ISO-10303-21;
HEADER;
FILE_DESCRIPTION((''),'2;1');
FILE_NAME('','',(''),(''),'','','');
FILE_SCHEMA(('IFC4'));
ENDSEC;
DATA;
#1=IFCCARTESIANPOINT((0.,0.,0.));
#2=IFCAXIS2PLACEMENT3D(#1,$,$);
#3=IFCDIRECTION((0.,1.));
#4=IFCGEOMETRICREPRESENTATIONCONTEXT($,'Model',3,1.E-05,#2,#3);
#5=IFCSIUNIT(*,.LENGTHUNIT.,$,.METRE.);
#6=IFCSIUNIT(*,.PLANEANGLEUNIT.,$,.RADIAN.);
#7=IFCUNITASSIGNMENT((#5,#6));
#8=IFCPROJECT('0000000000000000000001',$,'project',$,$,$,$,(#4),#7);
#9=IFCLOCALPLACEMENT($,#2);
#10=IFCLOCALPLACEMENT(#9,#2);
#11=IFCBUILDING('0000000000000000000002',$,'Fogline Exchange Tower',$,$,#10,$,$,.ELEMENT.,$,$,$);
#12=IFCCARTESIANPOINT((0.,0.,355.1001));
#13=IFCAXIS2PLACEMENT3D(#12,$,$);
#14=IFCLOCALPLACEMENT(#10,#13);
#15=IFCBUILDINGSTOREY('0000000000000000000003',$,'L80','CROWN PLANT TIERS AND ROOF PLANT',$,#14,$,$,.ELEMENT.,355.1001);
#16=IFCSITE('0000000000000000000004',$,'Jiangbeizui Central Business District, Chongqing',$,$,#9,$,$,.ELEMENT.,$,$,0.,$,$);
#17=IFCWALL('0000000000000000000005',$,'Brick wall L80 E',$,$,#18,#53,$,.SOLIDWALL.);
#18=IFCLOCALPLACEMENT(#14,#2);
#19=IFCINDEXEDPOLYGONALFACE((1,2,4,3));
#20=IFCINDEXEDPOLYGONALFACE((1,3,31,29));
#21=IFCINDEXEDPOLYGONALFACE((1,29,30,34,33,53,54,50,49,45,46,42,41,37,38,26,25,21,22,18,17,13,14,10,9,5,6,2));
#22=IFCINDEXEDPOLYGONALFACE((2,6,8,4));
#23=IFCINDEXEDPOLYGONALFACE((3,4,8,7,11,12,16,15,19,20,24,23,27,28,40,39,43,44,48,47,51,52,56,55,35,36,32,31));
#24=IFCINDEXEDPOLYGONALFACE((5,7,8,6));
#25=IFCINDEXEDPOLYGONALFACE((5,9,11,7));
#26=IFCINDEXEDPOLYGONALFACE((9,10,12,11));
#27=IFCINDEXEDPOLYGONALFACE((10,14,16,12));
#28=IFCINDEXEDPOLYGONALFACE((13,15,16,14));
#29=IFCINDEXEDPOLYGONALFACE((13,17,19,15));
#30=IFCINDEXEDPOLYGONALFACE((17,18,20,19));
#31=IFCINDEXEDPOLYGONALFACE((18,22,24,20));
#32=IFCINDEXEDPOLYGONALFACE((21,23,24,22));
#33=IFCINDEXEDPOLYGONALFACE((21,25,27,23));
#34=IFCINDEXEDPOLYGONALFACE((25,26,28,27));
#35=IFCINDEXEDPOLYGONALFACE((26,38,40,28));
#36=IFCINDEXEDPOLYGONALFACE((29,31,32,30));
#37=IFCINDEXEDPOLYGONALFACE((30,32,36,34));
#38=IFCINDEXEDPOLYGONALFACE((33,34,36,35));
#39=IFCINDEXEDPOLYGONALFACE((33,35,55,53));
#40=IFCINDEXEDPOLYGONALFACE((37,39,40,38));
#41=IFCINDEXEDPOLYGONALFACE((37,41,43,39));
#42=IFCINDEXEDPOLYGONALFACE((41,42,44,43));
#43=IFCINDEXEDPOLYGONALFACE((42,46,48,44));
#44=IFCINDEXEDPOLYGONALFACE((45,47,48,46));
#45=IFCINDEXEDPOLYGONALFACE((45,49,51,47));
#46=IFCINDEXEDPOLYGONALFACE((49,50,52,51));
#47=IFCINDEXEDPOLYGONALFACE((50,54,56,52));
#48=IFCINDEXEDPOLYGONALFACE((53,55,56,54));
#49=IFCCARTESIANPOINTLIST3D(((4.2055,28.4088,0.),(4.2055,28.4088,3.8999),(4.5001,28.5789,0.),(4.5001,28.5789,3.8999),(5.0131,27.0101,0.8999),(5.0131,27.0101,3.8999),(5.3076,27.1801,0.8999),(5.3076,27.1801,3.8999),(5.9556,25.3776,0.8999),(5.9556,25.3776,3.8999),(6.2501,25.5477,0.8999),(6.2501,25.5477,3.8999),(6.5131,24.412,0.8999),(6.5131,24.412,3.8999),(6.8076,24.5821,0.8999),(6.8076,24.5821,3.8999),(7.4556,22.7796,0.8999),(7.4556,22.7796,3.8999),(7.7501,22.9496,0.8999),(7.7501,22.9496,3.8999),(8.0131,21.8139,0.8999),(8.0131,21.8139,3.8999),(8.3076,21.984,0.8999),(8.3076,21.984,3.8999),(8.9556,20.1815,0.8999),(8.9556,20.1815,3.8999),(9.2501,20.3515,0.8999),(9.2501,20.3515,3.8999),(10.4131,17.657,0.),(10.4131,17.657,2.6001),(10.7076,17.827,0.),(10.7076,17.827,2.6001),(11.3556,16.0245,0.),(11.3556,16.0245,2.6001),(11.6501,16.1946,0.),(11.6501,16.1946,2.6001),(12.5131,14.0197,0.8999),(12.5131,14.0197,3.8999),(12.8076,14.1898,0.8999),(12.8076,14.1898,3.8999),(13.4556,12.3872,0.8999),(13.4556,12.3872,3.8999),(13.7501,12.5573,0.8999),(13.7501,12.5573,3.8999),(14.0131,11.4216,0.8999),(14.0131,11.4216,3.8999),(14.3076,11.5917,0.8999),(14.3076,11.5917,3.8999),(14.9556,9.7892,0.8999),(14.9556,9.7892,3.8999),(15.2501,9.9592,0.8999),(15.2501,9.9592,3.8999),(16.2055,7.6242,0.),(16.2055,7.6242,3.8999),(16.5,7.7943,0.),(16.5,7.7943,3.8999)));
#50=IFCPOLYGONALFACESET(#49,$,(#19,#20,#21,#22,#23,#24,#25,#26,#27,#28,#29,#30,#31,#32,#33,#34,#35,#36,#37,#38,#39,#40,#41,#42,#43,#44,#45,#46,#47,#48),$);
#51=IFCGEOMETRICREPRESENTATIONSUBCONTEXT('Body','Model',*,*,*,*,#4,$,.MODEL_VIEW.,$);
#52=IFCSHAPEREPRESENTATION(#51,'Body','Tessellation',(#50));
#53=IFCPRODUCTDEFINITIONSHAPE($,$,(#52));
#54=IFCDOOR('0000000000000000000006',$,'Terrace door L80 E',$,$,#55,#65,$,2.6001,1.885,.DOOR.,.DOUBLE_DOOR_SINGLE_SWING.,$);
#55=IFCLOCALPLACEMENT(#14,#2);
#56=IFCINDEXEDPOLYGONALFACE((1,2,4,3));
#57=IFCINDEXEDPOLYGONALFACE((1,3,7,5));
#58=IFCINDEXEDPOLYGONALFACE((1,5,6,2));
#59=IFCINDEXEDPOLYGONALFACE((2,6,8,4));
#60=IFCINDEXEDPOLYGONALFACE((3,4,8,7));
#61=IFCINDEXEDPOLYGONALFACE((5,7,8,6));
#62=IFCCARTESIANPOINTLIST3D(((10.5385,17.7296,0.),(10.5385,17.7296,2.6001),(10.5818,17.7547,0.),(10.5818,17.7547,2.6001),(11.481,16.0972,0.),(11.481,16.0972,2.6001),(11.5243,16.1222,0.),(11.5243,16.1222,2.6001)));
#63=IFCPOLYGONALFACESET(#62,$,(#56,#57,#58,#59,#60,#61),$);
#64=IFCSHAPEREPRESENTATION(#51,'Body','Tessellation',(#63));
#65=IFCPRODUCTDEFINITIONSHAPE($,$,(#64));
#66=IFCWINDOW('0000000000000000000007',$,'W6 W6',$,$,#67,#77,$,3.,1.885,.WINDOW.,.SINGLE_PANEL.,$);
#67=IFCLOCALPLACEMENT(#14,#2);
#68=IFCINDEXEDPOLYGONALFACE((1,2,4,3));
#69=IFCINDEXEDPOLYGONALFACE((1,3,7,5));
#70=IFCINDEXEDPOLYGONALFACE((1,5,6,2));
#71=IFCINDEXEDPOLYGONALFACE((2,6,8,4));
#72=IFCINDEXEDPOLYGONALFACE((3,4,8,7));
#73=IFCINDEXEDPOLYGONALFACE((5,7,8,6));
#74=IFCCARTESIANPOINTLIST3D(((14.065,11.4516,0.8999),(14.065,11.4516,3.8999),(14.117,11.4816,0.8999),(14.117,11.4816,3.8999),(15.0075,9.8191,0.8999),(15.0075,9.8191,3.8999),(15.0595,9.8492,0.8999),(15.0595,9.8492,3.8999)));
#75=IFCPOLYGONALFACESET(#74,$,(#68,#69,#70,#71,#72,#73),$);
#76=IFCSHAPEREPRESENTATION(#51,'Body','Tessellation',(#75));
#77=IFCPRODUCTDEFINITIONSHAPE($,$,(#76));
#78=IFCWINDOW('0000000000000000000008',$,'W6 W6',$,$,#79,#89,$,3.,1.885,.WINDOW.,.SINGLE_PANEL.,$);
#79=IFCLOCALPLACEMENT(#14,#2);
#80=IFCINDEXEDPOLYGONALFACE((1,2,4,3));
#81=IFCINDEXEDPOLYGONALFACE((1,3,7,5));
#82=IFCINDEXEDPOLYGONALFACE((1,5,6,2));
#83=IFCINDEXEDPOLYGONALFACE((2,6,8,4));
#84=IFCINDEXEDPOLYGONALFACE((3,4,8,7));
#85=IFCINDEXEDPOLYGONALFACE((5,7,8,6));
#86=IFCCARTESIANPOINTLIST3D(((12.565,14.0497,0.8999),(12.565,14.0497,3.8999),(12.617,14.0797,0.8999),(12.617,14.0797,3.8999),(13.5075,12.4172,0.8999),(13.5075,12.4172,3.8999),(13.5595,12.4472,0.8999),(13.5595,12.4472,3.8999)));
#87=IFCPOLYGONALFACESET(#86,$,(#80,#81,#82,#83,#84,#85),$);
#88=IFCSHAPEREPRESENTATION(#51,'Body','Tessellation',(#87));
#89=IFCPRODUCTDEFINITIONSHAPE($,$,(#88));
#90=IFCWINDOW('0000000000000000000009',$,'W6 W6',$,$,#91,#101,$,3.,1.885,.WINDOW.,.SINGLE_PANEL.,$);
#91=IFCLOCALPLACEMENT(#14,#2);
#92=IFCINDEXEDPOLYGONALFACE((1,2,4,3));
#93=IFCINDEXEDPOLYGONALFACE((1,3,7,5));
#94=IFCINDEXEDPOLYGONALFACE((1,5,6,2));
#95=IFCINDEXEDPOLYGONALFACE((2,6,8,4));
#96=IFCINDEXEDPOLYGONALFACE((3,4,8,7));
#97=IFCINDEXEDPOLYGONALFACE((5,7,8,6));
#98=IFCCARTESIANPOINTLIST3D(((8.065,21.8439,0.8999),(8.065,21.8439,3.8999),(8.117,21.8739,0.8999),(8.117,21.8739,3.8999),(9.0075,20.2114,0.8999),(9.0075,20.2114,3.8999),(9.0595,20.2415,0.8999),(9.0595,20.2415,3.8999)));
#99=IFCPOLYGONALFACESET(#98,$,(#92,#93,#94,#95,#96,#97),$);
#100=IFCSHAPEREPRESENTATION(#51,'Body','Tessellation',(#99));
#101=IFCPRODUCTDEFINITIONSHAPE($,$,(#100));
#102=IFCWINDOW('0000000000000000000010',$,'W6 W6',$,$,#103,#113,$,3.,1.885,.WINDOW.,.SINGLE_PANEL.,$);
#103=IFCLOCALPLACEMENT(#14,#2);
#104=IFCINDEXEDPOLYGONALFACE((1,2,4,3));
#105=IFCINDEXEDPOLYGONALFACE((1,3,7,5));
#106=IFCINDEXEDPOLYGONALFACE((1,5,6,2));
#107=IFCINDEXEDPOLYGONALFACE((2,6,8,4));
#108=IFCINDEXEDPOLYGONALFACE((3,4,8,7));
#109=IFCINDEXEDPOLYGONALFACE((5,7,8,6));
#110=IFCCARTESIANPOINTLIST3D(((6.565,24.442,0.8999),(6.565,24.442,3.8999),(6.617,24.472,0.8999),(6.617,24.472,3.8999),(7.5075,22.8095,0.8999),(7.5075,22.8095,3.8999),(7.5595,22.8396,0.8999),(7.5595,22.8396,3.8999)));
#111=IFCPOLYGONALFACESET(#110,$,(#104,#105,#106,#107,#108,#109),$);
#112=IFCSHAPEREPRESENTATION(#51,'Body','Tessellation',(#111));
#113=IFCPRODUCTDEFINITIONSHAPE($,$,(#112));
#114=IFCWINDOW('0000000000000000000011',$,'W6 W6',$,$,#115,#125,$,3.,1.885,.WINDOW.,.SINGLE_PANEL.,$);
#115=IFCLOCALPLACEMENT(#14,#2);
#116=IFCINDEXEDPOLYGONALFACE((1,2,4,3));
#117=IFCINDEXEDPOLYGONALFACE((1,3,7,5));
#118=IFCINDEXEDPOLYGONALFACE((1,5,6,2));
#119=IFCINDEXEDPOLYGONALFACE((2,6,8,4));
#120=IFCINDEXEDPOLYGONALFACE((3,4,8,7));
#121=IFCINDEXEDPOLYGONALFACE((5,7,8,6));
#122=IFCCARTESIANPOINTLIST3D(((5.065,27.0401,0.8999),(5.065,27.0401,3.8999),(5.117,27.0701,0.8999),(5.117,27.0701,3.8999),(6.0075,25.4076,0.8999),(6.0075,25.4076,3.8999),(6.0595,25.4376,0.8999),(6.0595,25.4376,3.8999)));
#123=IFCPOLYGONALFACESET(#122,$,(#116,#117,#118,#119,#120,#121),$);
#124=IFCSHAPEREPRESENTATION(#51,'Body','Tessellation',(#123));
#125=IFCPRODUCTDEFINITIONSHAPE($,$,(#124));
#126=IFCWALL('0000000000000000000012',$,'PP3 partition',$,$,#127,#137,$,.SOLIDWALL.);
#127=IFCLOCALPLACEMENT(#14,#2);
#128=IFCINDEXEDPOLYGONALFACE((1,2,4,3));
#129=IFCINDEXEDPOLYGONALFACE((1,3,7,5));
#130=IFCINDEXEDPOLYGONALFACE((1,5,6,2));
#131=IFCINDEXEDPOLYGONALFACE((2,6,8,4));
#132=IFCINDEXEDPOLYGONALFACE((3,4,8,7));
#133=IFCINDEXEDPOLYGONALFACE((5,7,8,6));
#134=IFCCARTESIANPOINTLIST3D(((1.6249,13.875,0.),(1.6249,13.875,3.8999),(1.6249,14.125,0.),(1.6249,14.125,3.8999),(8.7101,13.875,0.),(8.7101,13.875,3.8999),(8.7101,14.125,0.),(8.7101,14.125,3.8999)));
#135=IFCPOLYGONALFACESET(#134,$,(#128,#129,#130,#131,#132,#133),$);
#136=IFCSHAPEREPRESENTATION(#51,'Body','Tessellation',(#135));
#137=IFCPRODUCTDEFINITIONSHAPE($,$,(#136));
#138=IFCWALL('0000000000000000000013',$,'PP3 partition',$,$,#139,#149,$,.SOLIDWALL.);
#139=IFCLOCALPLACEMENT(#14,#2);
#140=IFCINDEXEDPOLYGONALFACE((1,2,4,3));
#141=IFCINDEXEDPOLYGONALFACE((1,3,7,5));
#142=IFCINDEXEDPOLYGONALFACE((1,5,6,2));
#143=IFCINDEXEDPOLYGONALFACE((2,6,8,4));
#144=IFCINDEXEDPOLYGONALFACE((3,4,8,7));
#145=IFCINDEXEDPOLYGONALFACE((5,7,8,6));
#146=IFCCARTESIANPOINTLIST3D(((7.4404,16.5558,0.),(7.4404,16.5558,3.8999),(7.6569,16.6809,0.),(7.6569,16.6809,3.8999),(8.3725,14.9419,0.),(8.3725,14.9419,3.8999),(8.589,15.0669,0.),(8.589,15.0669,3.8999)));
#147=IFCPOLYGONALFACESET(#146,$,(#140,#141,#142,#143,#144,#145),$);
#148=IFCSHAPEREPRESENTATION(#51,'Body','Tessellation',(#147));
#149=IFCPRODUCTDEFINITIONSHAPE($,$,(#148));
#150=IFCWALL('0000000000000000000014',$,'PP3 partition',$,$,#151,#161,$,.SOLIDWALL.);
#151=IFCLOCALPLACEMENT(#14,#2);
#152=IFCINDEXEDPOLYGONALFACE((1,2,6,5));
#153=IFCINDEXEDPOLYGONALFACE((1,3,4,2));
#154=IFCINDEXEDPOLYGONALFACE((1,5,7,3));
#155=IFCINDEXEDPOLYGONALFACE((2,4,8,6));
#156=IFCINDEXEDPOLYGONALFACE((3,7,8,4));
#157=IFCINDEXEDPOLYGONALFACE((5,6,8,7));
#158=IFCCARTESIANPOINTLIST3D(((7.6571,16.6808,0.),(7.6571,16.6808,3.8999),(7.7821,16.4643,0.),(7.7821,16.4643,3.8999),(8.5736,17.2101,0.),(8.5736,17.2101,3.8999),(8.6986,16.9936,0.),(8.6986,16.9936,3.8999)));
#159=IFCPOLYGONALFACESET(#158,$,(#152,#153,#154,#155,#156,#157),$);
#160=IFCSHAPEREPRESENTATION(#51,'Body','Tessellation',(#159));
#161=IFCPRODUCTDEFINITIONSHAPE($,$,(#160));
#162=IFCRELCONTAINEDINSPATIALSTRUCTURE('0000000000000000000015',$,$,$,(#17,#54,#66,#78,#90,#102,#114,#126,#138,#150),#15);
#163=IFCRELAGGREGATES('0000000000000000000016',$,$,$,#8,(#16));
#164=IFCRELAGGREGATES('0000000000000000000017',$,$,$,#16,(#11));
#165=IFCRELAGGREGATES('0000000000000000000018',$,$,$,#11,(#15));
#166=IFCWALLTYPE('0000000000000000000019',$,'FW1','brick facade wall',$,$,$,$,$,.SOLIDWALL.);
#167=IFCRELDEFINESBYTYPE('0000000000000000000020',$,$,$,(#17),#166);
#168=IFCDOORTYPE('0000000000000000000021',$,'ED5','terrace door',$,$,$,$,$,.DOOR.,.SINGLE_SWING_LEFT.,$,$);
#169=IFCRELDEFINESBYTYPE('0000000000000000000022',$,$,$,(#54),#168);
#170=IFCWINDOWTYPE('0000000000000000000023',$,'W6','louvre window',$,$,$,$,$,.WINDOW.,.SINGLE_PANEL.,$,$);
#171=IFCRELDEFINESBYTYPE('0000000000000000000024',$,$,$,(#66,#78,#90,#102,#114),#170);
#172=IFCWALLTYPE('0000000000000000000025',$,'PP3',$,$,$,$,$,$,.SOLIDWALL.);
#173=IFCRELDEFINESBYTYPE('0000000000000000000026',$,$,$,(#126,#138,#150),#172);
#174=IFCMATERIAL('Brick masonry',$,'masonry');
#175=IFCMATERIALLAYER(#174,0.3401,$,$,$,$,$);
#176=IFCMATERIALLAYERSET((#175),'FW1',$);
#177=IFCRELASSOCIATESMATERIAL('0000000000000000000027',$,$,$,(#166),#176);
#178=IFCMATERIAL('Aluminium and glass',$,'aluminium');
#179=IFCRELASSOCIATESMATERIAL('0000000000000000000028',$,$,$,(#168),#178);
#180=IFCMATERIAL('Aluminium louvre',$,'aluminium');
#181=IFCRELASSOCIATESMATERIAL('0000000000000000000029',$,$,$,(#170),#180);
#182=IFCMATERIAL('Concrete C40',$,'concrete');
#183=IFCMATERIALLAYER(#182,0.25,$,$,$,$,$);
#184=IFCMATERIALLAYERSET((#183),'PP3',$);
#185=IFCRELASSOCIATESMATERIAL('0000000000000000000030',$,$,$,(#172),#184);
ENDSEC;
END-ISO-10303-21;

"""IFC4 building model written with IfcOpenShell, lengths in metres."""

from ifc_helpers import new_model, si_unit, direction, frame, frame_2d, origin, place, context, subcontext, project, spatial, rectangle, extrude, material, layer, layer_set, type_object, element, fill, save


model = new_model("IFC4")

# Units and contexts
model_context = context("Model", 3, precision=1e-05, world=origin(), true_north=direction((0.0, 1.0)))
body_context = subcontext(model_context, "Body", "Model", "MODEL_VIEW")
ifc_project = project(units=[si_unit("LENGTHUNIT", "METRE"), si_unit("PLANEANGLEUNIT", "RADIAN")], contexts=[model_context])

# Site, building, storey
site_placement = place(None, origin())
site = spatial("IfcSite", under=ifc_project, at=site_placement, Name="Jiangbeizui Central Business District, Chongqing", CompositionType="ELEMENT", RefElevation=0.0)
building_placement = place(site_placement, origin())
building = spatial("IfcBuilding", under=site, at=building_placement, Name="Fogline Exchange Tower", CompositionType="ELEMENT")
storey_placement = place(building_placement, frame((0.0, 0.0, 355.1001)))
storey = spatial("IfcBuildingStorey", under=building, at=storey_placement, Name="L80", Description="CROWN PLANT TIERS AND ROOF PLANT", CompositionType="ELEMENT", Elevation=355.1001)

# Shared definitions
ifc_material_1 = material(Name="Concrete C40", Category="concrete")

# Wall, openings, door, windows
ifc_material_2 = material(Name="Brick masonry", Category="masonry")
ifc_layer_1 = layer(ifc_material_2, 0.3401)
ifc_layer_set_1 = layer_set([ifc_layer_1], Name="FW1")
wall_type_1 = type_object("IfcWallType", Name="FW1", Description="brick facade wall", PredefinedType="SOLIDWALL", material=ifc_layer_set_1)
wall_1_placement = place(storey_placement, frame((16.3528, 7.7092, 0.0), z_axis=(0.0, 0.0, 1.0), x_axis=(-0.499999, 0.866026, 0.0)))
wall_1 = element("IfcWall", 1, at=wall_1_placement, inside=storey, type_object=wall_type_1, Name="Brick wall L80 E", PredefinedType="SOLIDWALL", context=body_context, shape_type="SweptSolid", body=[
    extrude(rectangle(XDim=24.0, YDim=0.3401, at=frame_2d((12.0, 0.0))), origin(), (0.0, 0.0, 1.0), 3.8999),
])
opening_1_placement = place(wall_1_placement, frame((2.5, 0.0, 0.8999)))
opening_1 = element("IfcOpeningElement", 2, at=opening_1_placement, cuts=wall_1, PredefinedType="OPENING", context=body_context, shape_type="SweptSolid", body=[
    extrude(rectangle(XDim=1.885, YDim=3.0, at=frame_2d((0.9424, 1.5))), frame((0.0, 0.1802, 0.0), z_axis=(0.0, -1.0, 0.0), x_axis=(1.0, 0.0, 0.0)), (0.0, 0.0, 1.0), 0.3601),
])
opening_2_placement = place(wall_1_placement, frame((5.5, 0.0, 0.8999)))
opening_2 = element("IfcOpeningElement", 3, at=opening_2_placement, cuts=wall_1, PredefinedType="OPENING", context=body_context, shape_type="SweptSolid", body=[
    extrude(rectangle(XDim=1.885, YDim=3.0, at=frame_2d((0.9424, 1.5))), frame((0.0, 0.1802, 0.0), z_axis=(0.0, -1.0, 0.0), x_axis=(1.0, 0.0, 0.0)), (0.0, 0.0, 1.0), 0.3601),
])
opening_3_placement = place(wall_1_placement, frame((14.5, 0.0, 0.8999)))
opening_3 = element("IfcOpeningElement", 4, at=opening_3_placement, cuts=wall_1, PredefinedType="OPENING", context=body_context, shape_type="SweptSolid", body=[
    extrude(rectangle(XDim=1.885, YDim=3.0, at=frame_2d((0.9424, 1.5))), frame((0.0, 0.1802, 0.0), z_axis=(0.0, -1.0, 0.0), x_axis=(1.0, 0.0, 0.0)), (0.0, 0.0, 1.0), 0.3601),
])
opening_4_placement = place(wall_1_placement, frame((17.5, 0.0, 0.8999)))
opening_4 = element("IfcOpeningElement", 5, at=opening_4_placement, cuts=wall_1, PredefinedType="OPENING", context=body_context, shape_type="SweptSolid", body=[
    extrude(rectangle(XDim=1.885, YDim=3.0, at=frame_2d((0.9424, 1.5))), frame((0.0, 0.1802, 0.0), z_axis=(0.0, -1.0, 0.0), x_axis=(1.0, 0.0, 0.0)), (0.0, 0.0, 1.0), 0.3601),
])
opening_5_placement = place(wall_1_placement, frame((20.5, 0.0, 0.8999)))
opening_5 = element("IfcOpeningElement", 6, at=opening_5_placement, cuts=wall_1, PredefinedType="OPENING", context=body_context, shape_type="SweptSolid", body=[
    extrude(rectangle(XDim=1.885, YDim=3.0, at=frame_2d((0.9424, 1.5))), frame((0.0, 0.1802, 0.0), z_axis=(0.0, -1.0, 0.0), x_axis=(1.0, 0.0, 0.0)), (0.0, 0.0, 1.0), 0.3601),
])
opening_6_placement = place(wall_1_placement, frame((9.7, 0.0, 0.0)))
opening_6 = element("IfcOpeningElement", 7, at=opening_6_placement, cuts=wall_1, PredefinedType="OPENING", context=body_context, shape_type="SweptSolid", body=[
    extrude(rectangle(XDim=1.885, YDim=2.6001, at=frame_2d((0.9424, 1.3))), frame((0.0, 0.1802, 0.0), z_axis=(0.0, -1.0, 0.0), x_axis=(1.0, 0.0, 0.0)), (0.0, 0.0, 1.0), 0.3601),
])
ifc_material_3 = material(Name="Aluminium and glass", Category="aluminium")
door_type_1 = type_object("IfcDoorType", Name="ED5", Description="terrace door", OperationType="SINGLE_SWING_LEFT", PredefinedType="DOOR", material=ifc_material_3)
door_1_placement = place(opening_6_placement, frame((1.885, 0.0, 0.0), z_axis=(0.0, 0.0, 1.0), x_axis=(-1.0, 0.0, 0.0)))
door_1 = element("IfcDoor", 8, at=door_1_placement, inside=storey, type_object=door_type_1, Name="Terrace door L80 E", OperationType="DOUBLE_DOOR_SINGLE_SWING", OverallHeight=2.6001, OverallWidth=1.885, PredefinedType="DOOR", context=body_context, shape_type="SweptSolid", body=[
    extrude(rectangle(XDim=1.885, YDim=2.6001, at=frame_2d((0.9424, 1.3))), frame((0.0, 0.0249, 0.0), z_axis=(0.0, -1.0, 0.0), x_axis=(1.0, 0.0, 0.0)), (0.0, 0.0, 1.0), 0.05),
])
fill(opening_6, door_1)
ifc_material_4 = material(Name="Aluminium louvre", Category="aluminium")
window_type = type_object("IfcWindowType", Name="W6", Description="louvre window", PartitioningType="SINGLE_PANEL", PredefinedType="WINDOW", material=ifc_material_4)
window_1_placement = place(opening_1_placement, origin())
window_1 = element("IfcWindow", 9, at=window_1_placement, inside=storey, type_object=window_type, Name="W6 W6", OverallHeight=3.0, OverallWidth=1.885, PartitioningType="SINGLE_PANEL", PredefinedType="WINDOW", context=body_context, shape_type="SweptSolid", body=[
    extrude(rectangle(XDim=1.885, YDim=3.0, at=frame_2d((0.9424, 1.5))), frame((0.0, 0.1101, 0.0), z_axis=(0.0, -1.0, 0.0), x_axis=(1.0, 0.0, 0.0)), (0.0, 0.0, 1.0), 0.0601),
])
fill(opening_1, window_1)
window_2_placement = place(opening_2_placement, origin())
window_2 = element("IfcWindow", 10, at=window_2_placement, inside=storey, type_object=window_type, Name="W6 W6", OverallHeight=3.0, OverallWidth=1.885, PartitioningType="SINGLE_PANEL", PredefinedType="WINDOW", context=body_context, shape_type="SweptSolid", body=[
    extrude(rectangle(XDim=1.885, YDim=3.0, at=frame_2d((0.9424, 1.5))), frame((0.0, 0.1101, 0.0), z_axis=(0.0, -1.0, 0.0), x_axis=(1.0, 0.0, 0.0)), (0.0, 0.0, 1.0), 0.0601),
])
fill(opening_2, window_2)
window_3_placement = place(opening_3_placement, origin())
window_3 = element("IfcWindow", 11, at=window_3_placement, inside=storey, type_object=window_type, Name="W6 W6", OverallHeight=3.0, OverallWidth=1.885, PartitioningType="SINGLE_PANEL", PredefinedType="WINDOW", context=body_context, shape_type="SweptSolid", body=[
    extrude(rectangle(XDim=1.885, YDim=3.0, at=frame_2d((0.9424, 1.5))), frame((0.0, 0.1101, 0.0), z_axis=(0.0, -1.0, 0.0), x_axis=(1.0, 0.0, 0.0)), (0.0, 0.0, 1.0), 0.0601),
])
fill(opening_3, window_3)
window_4_placement = place(opening_4_placement, origin())
window_4 = element("IfcWindow", 12, at=window_4_placement, inside=storey, type_object=window_type, Name="W6 W6", OverallHeight=3.0, OverallWidth=1.885, PartitioningType="SINGLE_PANEL", PredefinedType="WINDOW", context=body_context, shape_type="SweptSolid", body=[
    extrude(rectangle(XDim=1.885, YDim=3.0, at=frame_2d((0.9424, 1.5))), frame((0.0, 0.1101, 0.0), z_axis=(0.0, -1.0, 0.0), x_axis=(1.0, 0.0, 0.0)), (0.0, 0.0, 1.0), 0.0601),
])
fill(opening_4, window_4)
window_5_placement = place(opening_5_placement, origin())
window_5 = element("IfcWindow", 13, at=window_5_placement, inside=storey, type_object=window_type, Name="W6 W6", OverallHeight=3.0, OverallWidth=1.885, PartitioningType="SINGLE_PANEL", PredefinedType="WINDOW", context=body_context, shape_type="SweptSolid", body=[
    extrude(rectangle(XDim=1.885, YDim=3.0, at=frame_2d((0.9424, 1.5))), frame((0.0, 0.1101, 0.0), z_axis=(0.0, -1.0, 0.0), x_axis=(1.0, 0.0, 0.0)), (0.0, 0.0, 1.0), 0.0601),
])
fill(opening_5, window_5)

# Walls
ifc_layer_2 = layer(ifc_material_1, 0.25)
ifc_layer_set_2 = layer_set([ifc_layer_2], Name="PP3")
wall_type_2 = type_object("IfcWallType", Name="PP3", PredefinedType="SOLIDWALL", material=ifc_layer_set_2)
wall_2_placement = place(storey_placement, frame((1.625, 14.0, 0.0), z_axis=(0.0, 0.0, 1.0), x_axis=(1.0, 0.0, 0.0)))
element("IfcWall", 14, at=wall_2_placement, inside=storey, type_object=wall_type_2, Name="PP3 partition", PredefinedType="SOLIDWALL", context=body_context, shape_type="SweptSolid", body=[
    extrude(rectangle(XDim=7.0852, YDim=0.25, at=frame_2d((3.5425, 0.0))), origin(), (0.0, 0.0, 1.0), 3.8999),
])
wall_3_placement = place(storey_placement, frame((8.4807, 15.0044, 0.0), z_axis=(0.0, 0.0, 1.0), x_axis=(-0.500112, 0.865961, 0.0)))
element("IfcWall", 15, at=wall_3_placement, inside=storey, type_object=wall_type_2, Name="PP3 partition", PredefinedType="SOLIDWALL", context=body_context, shape_type="SweptSolid", body=[
    extrude(rectangle(XDim=1.8638, YDim=0.25, at=frame_2d((0.9319, 0.0))), origin(), (0.0, 0.0, 1.0), 3.8999),
])
wall_4_placement = place(storey_placement, frame((7.7195, 16.5725, 0.0), z_axis=(0.0, 0.0, 1.0), x_axis=(0.865963, 0.500108, 0.0)))
element("IfcWall", 16, at=wall_4_placement, inside=storey, type_object=wall_type_2, Name="PP3 partition", PredefinedType="SOLIDWALL", context=body_context, shape_type="SweptSolid", body=[
    extrude(rectangle(XDim=1.0583, YDim=0.25, at=frame_2d((0.5293, 0.0))), origin(), (0.0, 0.0, 1.0), 3.8999),
])

save(model, "model.ifc")
